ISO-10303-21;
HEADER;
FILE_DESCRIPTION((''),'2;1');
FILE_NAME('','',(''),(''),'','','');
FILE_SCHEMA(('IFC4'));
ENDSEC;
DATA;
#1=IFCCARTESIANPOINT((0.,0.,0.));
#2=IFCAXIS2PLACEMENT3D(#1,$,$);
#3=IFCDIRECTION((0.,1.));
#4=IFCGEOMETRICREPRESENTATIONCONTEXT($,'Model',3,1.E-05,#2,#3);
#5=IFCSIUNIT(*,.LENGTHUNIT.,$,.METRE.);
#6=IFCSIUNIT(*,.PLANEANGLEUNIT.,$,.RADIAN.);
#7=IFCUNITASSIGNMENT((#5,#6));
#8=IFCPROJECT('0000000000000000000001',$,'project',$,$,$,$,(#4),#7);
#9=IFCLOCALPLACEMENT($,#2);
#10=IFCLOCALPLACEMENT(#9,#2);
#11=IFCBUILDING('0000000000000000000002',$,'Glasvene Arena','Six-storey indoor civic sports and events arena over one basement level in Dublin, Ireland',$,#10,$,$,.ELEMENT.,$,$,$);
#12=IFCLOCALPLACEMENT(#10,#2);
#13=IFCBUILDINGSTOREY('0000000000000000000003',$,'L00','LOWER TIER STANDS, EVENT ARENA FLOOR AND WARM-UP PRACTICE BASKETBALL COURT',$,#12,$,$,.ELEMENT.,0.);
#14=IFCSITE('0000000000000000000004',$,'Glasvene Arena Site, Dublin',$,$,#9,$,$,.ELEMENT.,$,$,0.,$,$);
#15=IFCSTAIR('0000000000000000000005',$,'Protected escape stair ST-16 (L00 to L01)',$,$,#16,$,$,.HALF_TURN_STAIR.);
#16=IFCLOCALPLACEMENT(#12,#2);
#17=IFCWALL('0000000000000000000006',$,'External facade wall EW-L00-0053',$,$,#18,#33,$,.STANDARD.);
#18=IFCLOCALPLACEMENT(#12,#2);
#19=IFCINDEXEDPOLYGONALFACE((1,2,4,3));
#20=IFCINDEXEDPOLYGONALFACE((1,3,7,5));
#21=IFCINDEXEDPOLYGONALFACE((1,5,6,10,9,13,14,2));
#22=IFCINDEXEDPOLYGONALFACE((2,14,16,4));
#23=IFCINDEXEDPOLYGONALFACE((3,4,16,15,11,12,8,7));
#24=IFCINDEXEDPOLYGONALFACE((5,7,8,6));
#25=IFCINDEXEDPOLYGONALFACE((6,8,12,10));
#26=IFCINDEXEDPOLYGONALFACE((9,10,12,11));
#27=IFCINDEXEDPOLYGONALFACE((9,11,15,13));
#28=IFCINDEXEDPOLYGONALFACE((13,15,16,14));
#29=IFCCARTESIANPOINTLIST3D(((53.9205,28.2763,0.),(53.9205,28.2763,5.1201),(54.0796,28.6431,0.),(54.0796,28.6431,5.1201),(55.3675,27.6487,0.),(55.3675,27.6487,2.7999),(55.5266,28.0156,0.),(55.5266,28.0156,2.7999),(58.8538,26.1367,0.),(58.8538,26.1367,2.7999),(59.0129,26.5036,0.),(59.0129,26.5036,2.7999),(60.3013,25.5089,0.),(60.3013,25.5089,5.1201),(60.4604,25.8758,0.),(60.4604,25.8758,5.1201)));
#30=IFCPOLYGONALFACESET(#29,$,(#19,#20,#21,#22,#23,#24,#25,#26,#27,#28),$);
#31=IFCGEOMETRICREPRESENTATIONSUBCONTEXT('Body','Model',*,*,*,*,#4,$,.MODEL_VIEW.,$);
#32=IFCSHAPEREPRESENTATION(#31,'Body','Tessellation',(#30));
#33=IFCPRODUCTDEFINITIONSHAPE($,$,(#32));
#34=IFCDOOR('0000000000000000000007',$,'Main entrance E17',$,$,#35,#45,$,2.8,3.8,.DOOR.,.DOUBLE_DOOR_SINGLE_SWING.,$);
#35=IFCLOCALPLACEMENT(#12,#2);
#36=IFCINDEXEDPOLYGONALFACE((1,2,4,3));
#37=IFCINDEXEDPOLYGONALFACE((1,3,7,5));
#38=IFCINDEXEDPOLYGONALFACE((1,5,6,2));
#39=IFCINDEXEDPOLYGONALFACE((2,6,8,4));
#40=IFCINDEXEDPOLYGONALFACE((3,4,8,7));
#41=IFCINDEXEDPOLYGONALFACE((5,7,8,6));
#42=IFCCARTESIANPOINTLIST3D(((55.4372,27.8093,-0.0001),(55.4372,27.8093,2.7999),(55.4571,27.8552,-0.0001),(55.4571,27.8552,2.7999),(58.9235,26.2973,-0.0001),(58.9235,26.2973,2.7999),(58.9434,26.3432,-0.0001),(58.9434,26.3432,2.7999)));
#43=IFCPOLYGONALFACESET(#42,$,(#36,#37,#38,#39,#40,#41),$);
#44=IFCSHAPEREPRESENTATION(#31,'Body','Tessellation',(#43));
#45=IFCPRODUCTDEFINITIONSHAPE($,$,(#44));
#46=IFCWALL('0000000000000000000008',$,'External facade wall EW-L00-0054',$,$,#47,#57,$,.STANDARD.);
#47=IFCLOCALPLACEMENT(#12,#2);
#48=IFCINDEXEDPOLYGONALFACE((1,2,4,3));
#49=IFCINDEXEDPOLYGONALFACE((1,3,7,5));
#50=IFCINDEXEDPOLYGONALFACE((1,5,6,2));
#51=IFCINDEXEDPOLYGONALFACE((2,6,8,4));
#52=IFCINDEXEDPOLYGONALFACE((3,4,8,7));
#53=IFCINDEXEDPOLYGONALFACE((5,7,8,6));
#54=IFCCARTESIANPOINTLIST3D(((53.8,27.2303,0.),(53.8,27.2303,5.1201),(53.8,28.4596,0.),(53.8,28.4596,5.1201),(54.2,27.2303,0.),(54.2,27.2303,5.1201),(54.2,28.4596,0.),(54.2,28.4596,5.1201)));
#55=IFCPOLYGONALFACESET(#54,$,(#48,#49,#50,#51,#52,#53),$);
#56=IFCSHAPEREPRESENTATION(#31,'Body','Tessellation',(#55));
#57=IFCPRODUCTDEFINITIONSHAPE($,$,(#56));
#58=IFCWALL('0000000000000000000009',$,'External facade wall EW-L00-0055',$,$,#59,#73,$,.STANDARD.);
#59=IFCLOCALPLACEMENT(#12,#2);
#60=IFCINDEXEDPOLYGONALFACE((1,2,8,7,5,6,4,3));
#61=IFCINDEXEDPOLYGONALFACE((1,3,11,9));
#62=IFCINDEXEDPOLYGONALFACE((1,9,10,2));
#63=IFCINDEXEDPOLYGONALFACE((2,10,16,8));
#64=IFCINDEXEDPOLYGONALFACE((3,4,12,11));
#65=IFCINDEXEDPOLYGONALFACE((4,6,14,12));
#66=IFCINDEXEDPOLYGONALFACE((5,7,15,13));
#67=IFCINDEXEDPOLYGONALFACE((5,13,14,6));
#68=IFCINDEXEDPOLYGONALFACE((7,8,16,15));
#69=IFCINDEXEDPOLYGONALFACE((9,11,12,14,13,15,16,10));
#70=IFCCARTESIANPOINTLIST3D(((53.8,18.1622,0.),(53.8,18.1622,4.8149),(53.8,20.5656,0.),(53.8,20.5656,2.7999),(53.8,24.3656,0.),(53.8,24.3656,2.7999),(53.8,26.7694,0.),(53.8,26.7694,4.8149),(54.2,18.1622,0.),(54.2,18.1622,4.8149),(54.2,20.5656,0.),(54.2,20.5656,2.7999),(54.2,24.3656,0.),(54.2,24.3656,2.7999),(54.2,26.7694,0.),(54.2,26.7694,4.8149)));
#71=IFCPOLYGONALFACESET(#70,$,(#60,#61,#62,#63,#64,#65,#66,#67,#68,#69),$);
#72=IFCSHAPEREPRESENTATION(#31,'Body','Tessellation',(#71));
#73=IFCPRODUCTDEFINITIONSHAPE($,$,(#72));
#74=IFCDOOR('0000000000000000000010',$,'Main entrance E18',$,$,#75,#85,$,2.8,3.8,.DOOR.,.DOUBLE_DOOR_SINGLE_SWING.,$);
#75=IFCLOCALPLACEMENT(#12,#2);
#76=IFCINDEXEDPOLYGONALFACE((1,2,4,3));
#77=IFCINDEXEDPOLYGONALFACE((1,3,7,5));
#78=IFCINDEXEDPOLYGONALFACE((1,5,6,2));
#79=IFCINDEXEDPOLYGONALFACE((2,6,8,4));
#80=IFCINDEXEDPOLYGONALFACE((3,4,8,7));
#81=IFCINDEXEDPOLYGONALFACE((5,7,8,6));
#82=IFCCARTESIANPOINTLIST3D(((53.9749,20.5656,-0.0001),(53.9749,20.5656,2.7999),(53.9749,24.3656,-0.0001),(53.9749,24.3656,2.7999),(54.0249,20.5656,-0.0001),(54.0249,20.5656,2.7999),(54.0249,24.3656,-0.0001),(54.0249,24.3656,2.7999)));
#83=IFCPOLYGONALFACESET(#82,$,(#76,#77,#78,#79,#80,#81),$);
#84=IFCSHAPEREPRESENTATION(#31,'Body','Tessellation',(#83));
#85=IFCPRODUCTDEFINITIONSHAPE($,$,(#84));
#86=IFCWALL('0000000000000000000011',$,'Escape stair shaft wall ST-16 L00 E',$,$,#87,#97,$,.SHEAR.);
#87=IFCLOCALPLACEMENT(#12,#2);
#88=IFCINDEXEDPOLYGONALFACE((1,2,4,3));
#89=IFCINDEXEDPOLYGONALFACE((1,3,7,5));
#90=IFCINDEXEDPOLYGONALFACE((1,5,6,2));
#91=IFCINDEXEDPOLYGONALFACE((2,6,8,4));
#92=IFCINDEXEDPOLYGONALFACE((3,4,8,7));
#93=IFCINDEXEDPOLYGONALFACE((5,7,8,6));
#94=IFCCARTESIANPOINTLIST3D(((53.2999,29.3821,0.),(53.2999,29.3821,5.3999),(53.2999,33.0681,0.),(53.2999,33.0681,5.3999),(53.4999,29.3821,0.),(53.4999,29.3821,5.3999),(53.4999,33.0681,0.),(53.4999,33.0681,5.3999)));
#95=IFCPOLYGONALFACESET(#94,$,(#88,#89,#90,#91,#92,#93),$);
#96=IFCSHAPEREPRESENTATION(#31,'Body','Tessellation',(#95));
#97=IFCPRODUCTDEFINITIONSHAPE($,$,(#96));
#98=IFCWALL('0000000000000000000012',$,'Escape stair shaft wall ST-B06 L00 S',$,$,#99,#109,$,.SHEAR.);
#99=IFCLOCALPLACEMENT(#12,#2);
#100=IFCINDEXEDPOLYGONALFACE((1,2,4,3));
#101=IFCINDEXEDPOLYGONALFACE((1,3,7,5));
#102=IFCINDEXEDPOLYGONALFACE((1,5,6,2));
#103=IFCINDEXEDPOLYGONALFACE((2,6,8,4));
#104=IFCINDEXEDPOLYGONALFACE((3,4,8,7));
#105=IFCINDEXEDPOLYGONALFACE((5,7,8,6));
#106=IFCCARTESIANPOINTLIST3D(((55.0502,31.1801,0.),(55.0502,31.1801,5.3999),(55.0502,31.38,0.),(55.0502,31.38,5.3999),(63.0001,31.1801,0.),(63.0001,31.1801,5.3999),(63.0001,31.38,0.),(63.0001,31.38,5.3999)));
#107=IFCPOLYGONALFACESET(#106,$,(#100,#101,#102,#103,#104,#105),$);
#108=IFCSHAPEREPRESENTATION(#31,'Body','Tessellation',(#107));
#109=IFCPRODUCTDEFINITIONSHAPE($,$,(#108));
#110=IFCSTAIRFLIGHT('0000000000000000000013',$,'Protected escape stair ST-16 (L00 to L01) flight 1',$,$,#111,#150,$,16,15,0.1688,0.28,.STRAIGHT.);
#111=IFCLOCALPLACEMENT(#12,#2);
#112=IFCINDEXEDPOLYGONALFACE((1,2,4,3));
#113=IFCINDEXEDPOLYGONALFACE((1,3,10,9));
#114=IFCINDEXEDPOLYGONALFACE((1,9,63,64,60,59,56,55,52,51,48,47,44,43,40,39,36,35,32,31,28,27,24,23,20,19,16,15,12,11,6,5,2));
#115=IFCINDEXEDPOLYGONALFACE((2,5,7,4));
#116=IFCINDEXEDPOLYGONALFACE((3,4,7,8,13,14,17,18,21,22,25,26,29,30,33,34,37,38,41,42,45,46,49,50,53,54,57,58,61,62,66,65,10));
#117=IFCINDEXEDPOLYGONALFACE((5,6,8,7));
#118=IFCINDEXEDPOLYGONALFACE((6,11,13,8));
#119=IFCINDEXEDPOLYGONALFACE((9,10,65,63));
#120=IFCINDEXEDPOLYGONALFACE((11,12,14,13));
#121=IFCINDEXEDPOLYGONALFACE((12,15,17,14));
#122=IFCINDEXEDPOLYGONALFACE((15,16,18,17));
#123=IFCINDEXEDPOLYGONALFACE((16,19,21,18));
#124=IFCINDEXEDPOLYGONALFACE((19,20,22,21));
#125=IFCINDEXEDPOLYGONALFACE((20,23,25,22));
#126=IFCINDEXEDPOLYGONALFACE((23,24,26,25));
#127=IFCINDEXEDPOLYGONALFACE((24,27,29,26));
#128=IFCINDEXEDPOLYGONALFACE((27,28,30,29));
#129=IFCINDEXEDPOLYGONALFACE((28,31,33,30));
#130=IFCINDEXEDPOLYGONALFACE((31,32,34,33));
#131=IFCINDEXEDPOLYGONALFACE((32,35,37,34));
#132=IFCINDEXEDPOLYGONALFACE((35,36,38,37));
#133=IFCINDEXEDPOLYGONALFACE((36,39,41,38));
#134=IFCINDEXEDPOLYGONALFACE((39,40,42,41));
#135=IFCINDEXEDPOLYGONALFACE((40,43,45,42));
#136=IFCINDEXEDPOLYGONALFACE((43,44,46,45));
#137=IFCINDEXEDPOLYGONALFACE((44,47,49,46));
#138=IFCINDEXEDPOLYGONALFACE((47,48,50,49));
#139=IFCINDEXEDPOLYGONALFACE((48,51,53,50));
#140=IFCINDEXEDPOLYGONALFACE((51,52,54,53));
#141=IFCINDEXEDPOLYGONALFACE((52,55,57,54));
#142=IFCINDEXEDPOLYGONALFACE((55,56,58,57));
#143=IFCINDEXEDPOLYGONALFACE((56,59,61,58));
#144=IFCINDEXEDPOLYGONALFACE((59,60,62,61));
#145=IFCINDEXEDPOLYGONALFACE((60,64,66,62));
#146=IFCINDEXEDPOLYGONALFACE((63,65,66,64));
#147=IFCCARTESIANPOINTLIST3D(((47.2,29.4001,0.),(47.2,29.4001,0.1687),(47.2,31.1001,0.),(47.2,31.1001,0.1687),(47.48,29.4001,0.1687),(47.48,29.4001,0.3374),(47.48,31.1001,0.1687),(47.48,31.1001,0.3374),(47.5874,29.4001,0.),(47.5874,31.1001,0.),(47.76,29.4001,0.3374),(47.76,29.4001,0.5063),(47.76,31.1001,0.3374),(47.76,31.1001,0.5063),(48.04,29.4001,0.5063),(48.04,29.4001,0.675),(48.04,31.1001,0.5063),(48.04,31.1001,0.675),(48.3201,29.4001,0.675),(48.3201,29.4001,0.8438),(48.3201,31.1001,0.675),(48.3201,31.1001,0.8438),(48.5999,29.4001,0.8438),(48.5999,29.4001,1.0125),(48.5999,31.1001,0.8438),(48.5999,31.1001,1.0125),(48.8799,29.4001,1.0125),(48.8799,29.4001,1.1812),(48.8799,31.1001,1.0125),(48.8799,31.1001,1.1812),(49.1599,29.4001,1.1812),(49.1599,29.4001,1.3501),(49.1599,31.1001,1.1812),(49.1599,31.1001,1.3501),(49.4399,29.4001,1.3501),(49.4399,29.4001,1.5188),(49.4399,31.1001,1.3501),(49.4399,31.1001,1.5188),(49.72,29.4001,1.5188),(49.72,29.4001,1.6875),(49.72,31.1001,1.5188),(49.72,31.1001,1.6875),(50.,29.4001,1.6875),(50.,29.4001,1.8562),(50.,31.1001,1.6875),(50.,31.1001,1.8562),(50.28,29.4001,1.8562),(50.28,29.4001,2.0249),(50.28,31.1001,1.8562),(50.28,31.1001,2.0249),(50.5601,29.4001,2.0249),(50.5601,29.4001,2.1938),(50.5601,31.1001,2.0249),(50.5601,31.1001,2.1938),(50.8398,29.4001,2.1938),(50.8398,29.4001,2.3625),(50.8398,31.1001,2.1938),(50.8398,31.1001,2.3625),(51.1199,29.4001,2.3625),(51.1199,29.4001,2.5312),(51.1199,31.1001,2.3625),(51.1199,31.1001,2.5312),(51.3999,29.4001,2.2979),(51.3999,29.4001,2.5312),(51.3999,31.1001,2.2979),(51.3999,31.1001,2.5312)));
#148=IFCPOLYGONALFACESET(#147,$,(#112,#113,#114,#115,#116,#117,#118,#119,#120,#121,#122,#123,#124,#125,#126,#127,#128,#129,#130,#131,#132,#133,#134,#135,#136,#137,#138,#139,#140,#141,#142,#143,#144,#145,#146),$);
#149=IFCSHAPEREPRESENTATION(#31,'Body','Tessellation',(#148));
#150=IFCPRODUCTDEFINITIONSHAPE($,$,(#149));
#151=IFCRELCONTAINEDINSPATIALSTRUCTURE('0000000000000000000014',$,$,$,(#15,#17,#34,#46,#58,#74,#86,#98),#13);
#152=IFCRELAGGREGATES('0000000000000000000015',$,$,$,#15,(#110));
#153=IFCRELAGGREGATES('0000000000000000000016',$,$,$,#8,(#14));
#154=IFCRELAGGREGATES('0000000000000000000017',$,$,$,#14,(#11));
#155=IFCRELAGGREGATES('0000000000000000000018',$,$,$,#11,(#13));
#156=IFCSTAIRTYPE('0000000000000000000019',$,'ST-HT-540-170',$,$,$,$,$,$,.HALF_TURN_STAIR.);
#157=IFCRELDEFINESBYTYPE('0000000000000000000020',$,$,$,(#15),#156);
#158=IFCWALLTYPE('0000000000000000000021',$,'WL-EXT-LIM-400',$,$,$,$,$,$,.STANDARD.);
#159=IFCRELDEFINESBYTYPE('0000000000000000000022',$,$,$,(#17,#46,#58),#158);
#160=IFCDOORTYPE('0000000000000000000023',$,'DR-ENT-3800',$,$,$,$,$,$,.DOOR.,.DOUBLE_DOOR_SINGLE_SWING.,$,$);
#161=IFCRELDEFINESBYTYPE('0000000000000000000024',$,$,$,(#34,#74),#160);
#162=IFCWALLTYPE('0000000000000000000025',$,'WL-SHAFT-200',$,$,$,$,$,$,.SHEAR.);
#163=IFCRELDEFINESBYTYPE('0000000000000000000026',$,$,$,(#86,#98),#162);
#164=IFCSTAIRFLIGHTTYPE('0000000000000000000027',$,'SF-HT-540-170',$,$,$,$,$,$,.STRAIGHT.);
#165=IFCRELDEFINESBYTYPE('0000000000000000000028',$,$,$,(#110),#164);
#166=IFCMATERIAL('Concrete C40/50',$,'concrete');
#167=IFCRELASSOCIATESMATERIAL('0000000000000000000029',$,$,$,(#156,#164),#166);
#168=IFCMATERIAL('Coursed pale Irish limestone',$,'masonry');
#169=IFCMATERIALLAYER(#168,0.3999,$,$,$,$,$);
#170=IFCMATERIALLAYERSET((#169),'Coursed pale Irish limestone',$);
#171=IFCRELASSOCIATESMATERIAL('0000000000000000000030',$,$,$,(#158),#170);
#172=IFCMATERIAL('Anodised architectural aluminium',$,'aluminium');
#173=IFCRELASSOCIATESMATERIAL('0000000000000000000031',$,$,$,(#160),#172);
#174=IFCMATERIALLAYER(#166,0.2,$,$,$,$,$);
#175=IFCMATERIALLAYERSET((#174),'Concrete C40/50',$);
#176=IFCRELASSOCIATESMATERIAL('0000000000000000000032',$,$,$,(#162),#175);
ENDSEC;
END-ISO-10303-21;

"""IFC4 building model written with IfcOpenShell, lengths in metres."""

from ifc_helpers import new_model, si_unit, direction, frame, frame_2d, origin, place, context, subcontext, project, spatial, polyline, rectangle, outline, extrude, material, layer, layer_set, type_object, element, fill, aggregate, save


model = new_model("IFC4")

# Units and contexts
model_context = context("Model", 3, precision=1e-05, world=origin(), true_north=direction((0.0, 1.0)))
body_context = subcontext(model_context, "Body", "Model", "MODEL_VIEW")
ifc_project = project(units=[si_unit("LENGTHUNIT", "METRE"), si_unit("PLANEANGLEUNIT", "RADIAN")], contexts=[model_context])

# Site, building, storey
site_placement = place(None, origin())
site = spatial("IfcSite", under=ifc_project, at=site_placement, Name="Glasvene Arena Site, Dublin", CompositionType="ELEMENT", RefElevation=0.0)
building_placement = place(site_placement, origin())
building = spatial("IfcBuilding", under=site, at=building_placement, Name="Glasvene Arena", Description="Six-storey indoor civic sports and events arena over one basement level in Dublin, Ireland", CompositionType="ELEMENT")
storey_placement = place(building_placement, origin())
storey = spatial("IfcBuildingStorey", under=building, at=storey_placement, Name="L00", Description="LOWER TIER STANDS, EVENT ARENA FLOOR AND WARM-UP PRACTICE BASKETBALL COURT", CompositionType="ELEMENT", Elevation=0.0)

# Stair
ifc_material_1 = material(Name="Concrete C40/50", Category="concrete")
stair_type = type_object("IfcStairType", Name="ST-HT-540-170", PredefinedType="HALF_TURN_STAIR", material=ifc_material_1)
stair_placement = place(storey_placement, origin())
stair = element("IfcStair", 1, at=stair_placement, inside=storey, type_object=stair_type, Name="Protected escape stair ST-16 (L00 to L01)", PredefinedType="HALF_TURN_STAIR")

# Wall, opening, door
ifc_material_2 = material(Name="Coursed pale Irish limestone", Category="masonry")
ifc_layer_1 = layer(ifc_material_2, 0.3999)
ifc_layer_set_1 = layer_set([ifc_layer_1], Name="Coursed pale Irish limestone")
wall_type_1 = type_object("IfcWallType", Name="WL-EXT-LIM-400", PredefinedType="STANDARD", material=ifc_layer_set_1)
wall_1_placement = place(storey_placement, frame((60.3809, 25.6924, 0.0), z_axis=(0.0, 0.0, 1.0), x_axis=(-0.917435, 0.397885, 0.0)))
wall_1 = element("IfcWall", 2, at=wall_1_placement, inside=storey, type_object=wall_type_1, Name="External facade wall EW-L00-0053", PredefinedType="STANDARD", context=body_context, shape_type="SweptSolid", body=[
    extrude(rectangle(XDim=6.9551, YDim=0.3999, at=frame_2d((3.4775, 0.0))), origin(), (0.0, 0.0, 1.0), 5.1201),
])
opening_1_placement = place(wall_1_placement, frame((1.5779, 0.0, 0.0)))
opening_1 = element("IfcOpeningElement", 3, at=opening_1_placement, cuts=wall_1, PredefinedType="OPENING", context=body_context, shape_type="SweptSolid", body=[
    extrude(rectangle(XDim=3.8, YDim=2.8, at=frame_2d((1.8999, 1.3999))), frame((0.0, 0.21, 0.0), z_axis=(0.0, -1.0, 0.0), x_axis=(1.0, 0.0, 0.0)), (0.0, 0.0, 1.0), 0.4199),
])
ifc_material_3 = material(Name="Anodised architectural aluminium", Category="aluminium")
door_type_1 = type_object("IfcDoorType", Name="DR-ENT-3800", OperationType="DOUBLE_DOOR_SINGLE_SWING", PredefinedType="DOOR", material=ifc_material_3)
door_1_placement = place(opening_1_placement, origin())
door_1 = element("IfcDoor", 4, at=door_1_placement, inside=storey, type_object=door_type_1, Name="Main entrance E17", OperationType="DOUBLE_DOOR_SINGLE_SWING", OverallHeight=2.8, OverallWidth=3.8, PredefinedType="DOOR", context=body_context, shape_type="SweptSolid", body=[
    extrude(rectangle(XDim=3.8, YDim=2.8, at=frame_2d((1.8999, 1.3999))), frame((0.0, 0.0249, 0.0), z_axis=(0.0, -1.0, 0.0), x_axis=(1.0, 0.0, 0.0)), (0.0, 0.0, 1.0), 0.05),
])
fill(opening_1, door_1)

# Wall
wall_2_placement = place(storey_placement, frame((54.0, 28.4597, 0.0), z_axis=(0.0, 0.0, 1.0), x_axis=(0.0, -1.0, 0.0)))
element("IfcWall", 5, at=wall_2_placement, inside=storey, type_object=wall_type_1, Name="External facade wall EW-L00-0054", PredefinedType="STANDARD", context=body_context, shape_type="SweptSolid", body=[
    extrude(rectangle(XDim=1.2292, YDim=0.3999, at=frame_2d((0.6147, 0.0))), origin(), (0.0, 0.0, 1.0), 5.1201),
])

# Wall, opening, door
wall_3_placement = place(storey_placement, frame((54.0, 26.7695, 0.0), z_axis=(0.0, 0.0, 1.0), x_axis=(0.0, -1.0, 0.0)))
wall_3 = element("IfcWall", 6, at=wall_3_placement, inside=storey, type_object=wall_type_1, Name="External facade wall EW-L00-0055", PredefinedType="STANDARD", context=body_context, shape_type="SweptSolid", body=[
    extrude(rectangle(XDim=8.6072, YDim=0.3999, at=frame_2d((4.3037, 0.0))), origin(), (0.0, 0.0, 1.0), 4.8149),
])
opening_2_placement = place(wall_3_placement, frame((2.4041, 0.0, 0.0)))
opening_2 = element("IfcOpeningElement", 7, at=opening_2_placement, cuts=wall_3, PredefinedType="OPENING", context=body_context, shape_type="SweptSolid", body=[
    extrude(rectangle(XDim=3.8, YDim=2.8, at=frame_2d((1.8999, 1.3999))), frame((0.0, 0.21, 0.0), z_axis=(0.0, -1.0, 0.0), x_axis=(1.0, 0.0, 0.0)), (0.0, 0.0, 1.0), 0.4199),
])
door_2_placement = place(opening_2_placement, origin())
door_2 = element("IfcDoor", 8, at=door_2_placement, inside=storey, type_object=door_type_1, Name="Main entrance E18", OperationType="DOUBLE_DOOR_SINGLE_SWING", OverallHeight=2.8, OverallWidth=3.8, PredefinedType="DOOR", context=body_context, shape_type="SweptSolid", body=[
    extrude(rectangle(XDim=3.8, YDim=2.8, at=frame_2d((1.8999, 1.3999))), frame((0.0, 0.0249, 0.0), z_axis=(0.0, -1.0, 0.0), x_axis=(1.0, 0.0, 0.0)), (0.0, 0.0, 1.0), 0.05),
])
fill(opening_2, door_2)

# Walls
ifc_layer_2 = layer(ifc_material_1, 0.2)
ifc_layer_set_2 = layer_set([ifc_layer_2], Name="Concrete C40/50")
wall_type_2 = type_object("IfcWallType", Name="WL-SHAFT-200", PredefinedType="SHEAR", material=ifc_layer_set_2)
wall_4_placement = place(storey_placement, frame((53.3999, 29.3821, 0.0), z_axis=(0.0, 0.0, 1.0), x_axis=(0.0, 1.0, 0.0)))
element("IfcWall", 9, at=wall_4_placement, inside=storey, type_object=wall_type_2, Name="Escape stair shaft wall ST-16 L00 E", PredefinedType="SHEAR", context=body_context, shape_type="SweptSolid", body=[
    extrude(rectangle(XDim=3.686, YDim=0.2, at=frame_2d((1.843, 0.0))), origin(), (0.0, 0.0, 1.0), 5.3999),
])
wall_5_placement = place(storey_placement, frame((55.05, 31.28, 0.0), z_axis=(0.0, 0.0, 1.0), x_axis=(1.0, 0.0, 0.0)))
element("IfcWall", 10, at=wall_5_placement, inside=storey, type_object=wall_type_2, Name="Escape stair shaft wall ST-B06 L00 S", PredefinedType="SHEAR", context=body_context, shape_type="SweptSolid", body=[
    extrude(rectangle(XDim=7.95, YDim=0.2, at=frame_2d((3.9751, 0.0))), origin(), (0.0, 0.0, 1.0), 5.3999),
])

# Stair flight
stair_flight_type = type_object("IfcStairFlightType", Name="SF-HT-540-170", PredefinedType="STRAIGHT", material=ifc_material_1)
stair_flight_1_placement = place(storey_placement, frame((47.2, 30.25, 0.0), z_axis=(0.0, 0.0, 1.0), x_axis=(1.0, 0.0, 0.0)))
stair_flight_1 = element("IfcStairFlight", 11, at=stair_flight_1_placement, type_object=stair_flight_type, Name="Protected escape stair ST-16 (L00 to L01) flight 1", NumberOfRisers=16, NumberOfTreads=15, PredefinedType="STRAIGHT", RiserHeight=0.1688, TreadLength=0.28, context=body_context, shape_type="SweptSolid", body=[
    extrude(outline(polyline([(0.0, 0.0), (0.0, 0.1687), (0.28, 0.1687), (0.28, 0.3374), (0.5601, 0.3374), (0.5601, 0.5063), (0.8401, 0.5063), (0.8401, 0.675), (1.1201, 0.675), (1.1201, 0.8438), (1.3999, 0.8438), (1.3999, 1.0125), (1.6799, 1.0125), (1.6799, 1.1812), (1.96, 1.1812), (1.96, 1.3501), (2.24, 1.3501), (2.24, 1.5188), (2.52, 1.5188), (2.52, 1.6875), (2.8, 1.6875), (2.8, 1.8562), (3.0801, 1.8562), (3.0801, 2.0249), (3.3601, 2.0249), (3.3601, 2.1938), (3.6399, 2.1938), (3.6399, 2.3625), (3.9199, 2.3625), (3.9199, 2.5312), (4.2, 2.5312), (4.2, 2.7), (4.2, 2.2979), (0.3875, 0.0), (0.0, 0.0)])), frame((0.0, 0.8501, 0.0), z_axis=(0.0, -1.0, 0.0), x_axis=(1.0, 0.0, 0.0)), (0.0, 0.0, 1.0), 1.7),
])
aggregate(stair, [stair_flight_1])

save(model, "model.ifc")
